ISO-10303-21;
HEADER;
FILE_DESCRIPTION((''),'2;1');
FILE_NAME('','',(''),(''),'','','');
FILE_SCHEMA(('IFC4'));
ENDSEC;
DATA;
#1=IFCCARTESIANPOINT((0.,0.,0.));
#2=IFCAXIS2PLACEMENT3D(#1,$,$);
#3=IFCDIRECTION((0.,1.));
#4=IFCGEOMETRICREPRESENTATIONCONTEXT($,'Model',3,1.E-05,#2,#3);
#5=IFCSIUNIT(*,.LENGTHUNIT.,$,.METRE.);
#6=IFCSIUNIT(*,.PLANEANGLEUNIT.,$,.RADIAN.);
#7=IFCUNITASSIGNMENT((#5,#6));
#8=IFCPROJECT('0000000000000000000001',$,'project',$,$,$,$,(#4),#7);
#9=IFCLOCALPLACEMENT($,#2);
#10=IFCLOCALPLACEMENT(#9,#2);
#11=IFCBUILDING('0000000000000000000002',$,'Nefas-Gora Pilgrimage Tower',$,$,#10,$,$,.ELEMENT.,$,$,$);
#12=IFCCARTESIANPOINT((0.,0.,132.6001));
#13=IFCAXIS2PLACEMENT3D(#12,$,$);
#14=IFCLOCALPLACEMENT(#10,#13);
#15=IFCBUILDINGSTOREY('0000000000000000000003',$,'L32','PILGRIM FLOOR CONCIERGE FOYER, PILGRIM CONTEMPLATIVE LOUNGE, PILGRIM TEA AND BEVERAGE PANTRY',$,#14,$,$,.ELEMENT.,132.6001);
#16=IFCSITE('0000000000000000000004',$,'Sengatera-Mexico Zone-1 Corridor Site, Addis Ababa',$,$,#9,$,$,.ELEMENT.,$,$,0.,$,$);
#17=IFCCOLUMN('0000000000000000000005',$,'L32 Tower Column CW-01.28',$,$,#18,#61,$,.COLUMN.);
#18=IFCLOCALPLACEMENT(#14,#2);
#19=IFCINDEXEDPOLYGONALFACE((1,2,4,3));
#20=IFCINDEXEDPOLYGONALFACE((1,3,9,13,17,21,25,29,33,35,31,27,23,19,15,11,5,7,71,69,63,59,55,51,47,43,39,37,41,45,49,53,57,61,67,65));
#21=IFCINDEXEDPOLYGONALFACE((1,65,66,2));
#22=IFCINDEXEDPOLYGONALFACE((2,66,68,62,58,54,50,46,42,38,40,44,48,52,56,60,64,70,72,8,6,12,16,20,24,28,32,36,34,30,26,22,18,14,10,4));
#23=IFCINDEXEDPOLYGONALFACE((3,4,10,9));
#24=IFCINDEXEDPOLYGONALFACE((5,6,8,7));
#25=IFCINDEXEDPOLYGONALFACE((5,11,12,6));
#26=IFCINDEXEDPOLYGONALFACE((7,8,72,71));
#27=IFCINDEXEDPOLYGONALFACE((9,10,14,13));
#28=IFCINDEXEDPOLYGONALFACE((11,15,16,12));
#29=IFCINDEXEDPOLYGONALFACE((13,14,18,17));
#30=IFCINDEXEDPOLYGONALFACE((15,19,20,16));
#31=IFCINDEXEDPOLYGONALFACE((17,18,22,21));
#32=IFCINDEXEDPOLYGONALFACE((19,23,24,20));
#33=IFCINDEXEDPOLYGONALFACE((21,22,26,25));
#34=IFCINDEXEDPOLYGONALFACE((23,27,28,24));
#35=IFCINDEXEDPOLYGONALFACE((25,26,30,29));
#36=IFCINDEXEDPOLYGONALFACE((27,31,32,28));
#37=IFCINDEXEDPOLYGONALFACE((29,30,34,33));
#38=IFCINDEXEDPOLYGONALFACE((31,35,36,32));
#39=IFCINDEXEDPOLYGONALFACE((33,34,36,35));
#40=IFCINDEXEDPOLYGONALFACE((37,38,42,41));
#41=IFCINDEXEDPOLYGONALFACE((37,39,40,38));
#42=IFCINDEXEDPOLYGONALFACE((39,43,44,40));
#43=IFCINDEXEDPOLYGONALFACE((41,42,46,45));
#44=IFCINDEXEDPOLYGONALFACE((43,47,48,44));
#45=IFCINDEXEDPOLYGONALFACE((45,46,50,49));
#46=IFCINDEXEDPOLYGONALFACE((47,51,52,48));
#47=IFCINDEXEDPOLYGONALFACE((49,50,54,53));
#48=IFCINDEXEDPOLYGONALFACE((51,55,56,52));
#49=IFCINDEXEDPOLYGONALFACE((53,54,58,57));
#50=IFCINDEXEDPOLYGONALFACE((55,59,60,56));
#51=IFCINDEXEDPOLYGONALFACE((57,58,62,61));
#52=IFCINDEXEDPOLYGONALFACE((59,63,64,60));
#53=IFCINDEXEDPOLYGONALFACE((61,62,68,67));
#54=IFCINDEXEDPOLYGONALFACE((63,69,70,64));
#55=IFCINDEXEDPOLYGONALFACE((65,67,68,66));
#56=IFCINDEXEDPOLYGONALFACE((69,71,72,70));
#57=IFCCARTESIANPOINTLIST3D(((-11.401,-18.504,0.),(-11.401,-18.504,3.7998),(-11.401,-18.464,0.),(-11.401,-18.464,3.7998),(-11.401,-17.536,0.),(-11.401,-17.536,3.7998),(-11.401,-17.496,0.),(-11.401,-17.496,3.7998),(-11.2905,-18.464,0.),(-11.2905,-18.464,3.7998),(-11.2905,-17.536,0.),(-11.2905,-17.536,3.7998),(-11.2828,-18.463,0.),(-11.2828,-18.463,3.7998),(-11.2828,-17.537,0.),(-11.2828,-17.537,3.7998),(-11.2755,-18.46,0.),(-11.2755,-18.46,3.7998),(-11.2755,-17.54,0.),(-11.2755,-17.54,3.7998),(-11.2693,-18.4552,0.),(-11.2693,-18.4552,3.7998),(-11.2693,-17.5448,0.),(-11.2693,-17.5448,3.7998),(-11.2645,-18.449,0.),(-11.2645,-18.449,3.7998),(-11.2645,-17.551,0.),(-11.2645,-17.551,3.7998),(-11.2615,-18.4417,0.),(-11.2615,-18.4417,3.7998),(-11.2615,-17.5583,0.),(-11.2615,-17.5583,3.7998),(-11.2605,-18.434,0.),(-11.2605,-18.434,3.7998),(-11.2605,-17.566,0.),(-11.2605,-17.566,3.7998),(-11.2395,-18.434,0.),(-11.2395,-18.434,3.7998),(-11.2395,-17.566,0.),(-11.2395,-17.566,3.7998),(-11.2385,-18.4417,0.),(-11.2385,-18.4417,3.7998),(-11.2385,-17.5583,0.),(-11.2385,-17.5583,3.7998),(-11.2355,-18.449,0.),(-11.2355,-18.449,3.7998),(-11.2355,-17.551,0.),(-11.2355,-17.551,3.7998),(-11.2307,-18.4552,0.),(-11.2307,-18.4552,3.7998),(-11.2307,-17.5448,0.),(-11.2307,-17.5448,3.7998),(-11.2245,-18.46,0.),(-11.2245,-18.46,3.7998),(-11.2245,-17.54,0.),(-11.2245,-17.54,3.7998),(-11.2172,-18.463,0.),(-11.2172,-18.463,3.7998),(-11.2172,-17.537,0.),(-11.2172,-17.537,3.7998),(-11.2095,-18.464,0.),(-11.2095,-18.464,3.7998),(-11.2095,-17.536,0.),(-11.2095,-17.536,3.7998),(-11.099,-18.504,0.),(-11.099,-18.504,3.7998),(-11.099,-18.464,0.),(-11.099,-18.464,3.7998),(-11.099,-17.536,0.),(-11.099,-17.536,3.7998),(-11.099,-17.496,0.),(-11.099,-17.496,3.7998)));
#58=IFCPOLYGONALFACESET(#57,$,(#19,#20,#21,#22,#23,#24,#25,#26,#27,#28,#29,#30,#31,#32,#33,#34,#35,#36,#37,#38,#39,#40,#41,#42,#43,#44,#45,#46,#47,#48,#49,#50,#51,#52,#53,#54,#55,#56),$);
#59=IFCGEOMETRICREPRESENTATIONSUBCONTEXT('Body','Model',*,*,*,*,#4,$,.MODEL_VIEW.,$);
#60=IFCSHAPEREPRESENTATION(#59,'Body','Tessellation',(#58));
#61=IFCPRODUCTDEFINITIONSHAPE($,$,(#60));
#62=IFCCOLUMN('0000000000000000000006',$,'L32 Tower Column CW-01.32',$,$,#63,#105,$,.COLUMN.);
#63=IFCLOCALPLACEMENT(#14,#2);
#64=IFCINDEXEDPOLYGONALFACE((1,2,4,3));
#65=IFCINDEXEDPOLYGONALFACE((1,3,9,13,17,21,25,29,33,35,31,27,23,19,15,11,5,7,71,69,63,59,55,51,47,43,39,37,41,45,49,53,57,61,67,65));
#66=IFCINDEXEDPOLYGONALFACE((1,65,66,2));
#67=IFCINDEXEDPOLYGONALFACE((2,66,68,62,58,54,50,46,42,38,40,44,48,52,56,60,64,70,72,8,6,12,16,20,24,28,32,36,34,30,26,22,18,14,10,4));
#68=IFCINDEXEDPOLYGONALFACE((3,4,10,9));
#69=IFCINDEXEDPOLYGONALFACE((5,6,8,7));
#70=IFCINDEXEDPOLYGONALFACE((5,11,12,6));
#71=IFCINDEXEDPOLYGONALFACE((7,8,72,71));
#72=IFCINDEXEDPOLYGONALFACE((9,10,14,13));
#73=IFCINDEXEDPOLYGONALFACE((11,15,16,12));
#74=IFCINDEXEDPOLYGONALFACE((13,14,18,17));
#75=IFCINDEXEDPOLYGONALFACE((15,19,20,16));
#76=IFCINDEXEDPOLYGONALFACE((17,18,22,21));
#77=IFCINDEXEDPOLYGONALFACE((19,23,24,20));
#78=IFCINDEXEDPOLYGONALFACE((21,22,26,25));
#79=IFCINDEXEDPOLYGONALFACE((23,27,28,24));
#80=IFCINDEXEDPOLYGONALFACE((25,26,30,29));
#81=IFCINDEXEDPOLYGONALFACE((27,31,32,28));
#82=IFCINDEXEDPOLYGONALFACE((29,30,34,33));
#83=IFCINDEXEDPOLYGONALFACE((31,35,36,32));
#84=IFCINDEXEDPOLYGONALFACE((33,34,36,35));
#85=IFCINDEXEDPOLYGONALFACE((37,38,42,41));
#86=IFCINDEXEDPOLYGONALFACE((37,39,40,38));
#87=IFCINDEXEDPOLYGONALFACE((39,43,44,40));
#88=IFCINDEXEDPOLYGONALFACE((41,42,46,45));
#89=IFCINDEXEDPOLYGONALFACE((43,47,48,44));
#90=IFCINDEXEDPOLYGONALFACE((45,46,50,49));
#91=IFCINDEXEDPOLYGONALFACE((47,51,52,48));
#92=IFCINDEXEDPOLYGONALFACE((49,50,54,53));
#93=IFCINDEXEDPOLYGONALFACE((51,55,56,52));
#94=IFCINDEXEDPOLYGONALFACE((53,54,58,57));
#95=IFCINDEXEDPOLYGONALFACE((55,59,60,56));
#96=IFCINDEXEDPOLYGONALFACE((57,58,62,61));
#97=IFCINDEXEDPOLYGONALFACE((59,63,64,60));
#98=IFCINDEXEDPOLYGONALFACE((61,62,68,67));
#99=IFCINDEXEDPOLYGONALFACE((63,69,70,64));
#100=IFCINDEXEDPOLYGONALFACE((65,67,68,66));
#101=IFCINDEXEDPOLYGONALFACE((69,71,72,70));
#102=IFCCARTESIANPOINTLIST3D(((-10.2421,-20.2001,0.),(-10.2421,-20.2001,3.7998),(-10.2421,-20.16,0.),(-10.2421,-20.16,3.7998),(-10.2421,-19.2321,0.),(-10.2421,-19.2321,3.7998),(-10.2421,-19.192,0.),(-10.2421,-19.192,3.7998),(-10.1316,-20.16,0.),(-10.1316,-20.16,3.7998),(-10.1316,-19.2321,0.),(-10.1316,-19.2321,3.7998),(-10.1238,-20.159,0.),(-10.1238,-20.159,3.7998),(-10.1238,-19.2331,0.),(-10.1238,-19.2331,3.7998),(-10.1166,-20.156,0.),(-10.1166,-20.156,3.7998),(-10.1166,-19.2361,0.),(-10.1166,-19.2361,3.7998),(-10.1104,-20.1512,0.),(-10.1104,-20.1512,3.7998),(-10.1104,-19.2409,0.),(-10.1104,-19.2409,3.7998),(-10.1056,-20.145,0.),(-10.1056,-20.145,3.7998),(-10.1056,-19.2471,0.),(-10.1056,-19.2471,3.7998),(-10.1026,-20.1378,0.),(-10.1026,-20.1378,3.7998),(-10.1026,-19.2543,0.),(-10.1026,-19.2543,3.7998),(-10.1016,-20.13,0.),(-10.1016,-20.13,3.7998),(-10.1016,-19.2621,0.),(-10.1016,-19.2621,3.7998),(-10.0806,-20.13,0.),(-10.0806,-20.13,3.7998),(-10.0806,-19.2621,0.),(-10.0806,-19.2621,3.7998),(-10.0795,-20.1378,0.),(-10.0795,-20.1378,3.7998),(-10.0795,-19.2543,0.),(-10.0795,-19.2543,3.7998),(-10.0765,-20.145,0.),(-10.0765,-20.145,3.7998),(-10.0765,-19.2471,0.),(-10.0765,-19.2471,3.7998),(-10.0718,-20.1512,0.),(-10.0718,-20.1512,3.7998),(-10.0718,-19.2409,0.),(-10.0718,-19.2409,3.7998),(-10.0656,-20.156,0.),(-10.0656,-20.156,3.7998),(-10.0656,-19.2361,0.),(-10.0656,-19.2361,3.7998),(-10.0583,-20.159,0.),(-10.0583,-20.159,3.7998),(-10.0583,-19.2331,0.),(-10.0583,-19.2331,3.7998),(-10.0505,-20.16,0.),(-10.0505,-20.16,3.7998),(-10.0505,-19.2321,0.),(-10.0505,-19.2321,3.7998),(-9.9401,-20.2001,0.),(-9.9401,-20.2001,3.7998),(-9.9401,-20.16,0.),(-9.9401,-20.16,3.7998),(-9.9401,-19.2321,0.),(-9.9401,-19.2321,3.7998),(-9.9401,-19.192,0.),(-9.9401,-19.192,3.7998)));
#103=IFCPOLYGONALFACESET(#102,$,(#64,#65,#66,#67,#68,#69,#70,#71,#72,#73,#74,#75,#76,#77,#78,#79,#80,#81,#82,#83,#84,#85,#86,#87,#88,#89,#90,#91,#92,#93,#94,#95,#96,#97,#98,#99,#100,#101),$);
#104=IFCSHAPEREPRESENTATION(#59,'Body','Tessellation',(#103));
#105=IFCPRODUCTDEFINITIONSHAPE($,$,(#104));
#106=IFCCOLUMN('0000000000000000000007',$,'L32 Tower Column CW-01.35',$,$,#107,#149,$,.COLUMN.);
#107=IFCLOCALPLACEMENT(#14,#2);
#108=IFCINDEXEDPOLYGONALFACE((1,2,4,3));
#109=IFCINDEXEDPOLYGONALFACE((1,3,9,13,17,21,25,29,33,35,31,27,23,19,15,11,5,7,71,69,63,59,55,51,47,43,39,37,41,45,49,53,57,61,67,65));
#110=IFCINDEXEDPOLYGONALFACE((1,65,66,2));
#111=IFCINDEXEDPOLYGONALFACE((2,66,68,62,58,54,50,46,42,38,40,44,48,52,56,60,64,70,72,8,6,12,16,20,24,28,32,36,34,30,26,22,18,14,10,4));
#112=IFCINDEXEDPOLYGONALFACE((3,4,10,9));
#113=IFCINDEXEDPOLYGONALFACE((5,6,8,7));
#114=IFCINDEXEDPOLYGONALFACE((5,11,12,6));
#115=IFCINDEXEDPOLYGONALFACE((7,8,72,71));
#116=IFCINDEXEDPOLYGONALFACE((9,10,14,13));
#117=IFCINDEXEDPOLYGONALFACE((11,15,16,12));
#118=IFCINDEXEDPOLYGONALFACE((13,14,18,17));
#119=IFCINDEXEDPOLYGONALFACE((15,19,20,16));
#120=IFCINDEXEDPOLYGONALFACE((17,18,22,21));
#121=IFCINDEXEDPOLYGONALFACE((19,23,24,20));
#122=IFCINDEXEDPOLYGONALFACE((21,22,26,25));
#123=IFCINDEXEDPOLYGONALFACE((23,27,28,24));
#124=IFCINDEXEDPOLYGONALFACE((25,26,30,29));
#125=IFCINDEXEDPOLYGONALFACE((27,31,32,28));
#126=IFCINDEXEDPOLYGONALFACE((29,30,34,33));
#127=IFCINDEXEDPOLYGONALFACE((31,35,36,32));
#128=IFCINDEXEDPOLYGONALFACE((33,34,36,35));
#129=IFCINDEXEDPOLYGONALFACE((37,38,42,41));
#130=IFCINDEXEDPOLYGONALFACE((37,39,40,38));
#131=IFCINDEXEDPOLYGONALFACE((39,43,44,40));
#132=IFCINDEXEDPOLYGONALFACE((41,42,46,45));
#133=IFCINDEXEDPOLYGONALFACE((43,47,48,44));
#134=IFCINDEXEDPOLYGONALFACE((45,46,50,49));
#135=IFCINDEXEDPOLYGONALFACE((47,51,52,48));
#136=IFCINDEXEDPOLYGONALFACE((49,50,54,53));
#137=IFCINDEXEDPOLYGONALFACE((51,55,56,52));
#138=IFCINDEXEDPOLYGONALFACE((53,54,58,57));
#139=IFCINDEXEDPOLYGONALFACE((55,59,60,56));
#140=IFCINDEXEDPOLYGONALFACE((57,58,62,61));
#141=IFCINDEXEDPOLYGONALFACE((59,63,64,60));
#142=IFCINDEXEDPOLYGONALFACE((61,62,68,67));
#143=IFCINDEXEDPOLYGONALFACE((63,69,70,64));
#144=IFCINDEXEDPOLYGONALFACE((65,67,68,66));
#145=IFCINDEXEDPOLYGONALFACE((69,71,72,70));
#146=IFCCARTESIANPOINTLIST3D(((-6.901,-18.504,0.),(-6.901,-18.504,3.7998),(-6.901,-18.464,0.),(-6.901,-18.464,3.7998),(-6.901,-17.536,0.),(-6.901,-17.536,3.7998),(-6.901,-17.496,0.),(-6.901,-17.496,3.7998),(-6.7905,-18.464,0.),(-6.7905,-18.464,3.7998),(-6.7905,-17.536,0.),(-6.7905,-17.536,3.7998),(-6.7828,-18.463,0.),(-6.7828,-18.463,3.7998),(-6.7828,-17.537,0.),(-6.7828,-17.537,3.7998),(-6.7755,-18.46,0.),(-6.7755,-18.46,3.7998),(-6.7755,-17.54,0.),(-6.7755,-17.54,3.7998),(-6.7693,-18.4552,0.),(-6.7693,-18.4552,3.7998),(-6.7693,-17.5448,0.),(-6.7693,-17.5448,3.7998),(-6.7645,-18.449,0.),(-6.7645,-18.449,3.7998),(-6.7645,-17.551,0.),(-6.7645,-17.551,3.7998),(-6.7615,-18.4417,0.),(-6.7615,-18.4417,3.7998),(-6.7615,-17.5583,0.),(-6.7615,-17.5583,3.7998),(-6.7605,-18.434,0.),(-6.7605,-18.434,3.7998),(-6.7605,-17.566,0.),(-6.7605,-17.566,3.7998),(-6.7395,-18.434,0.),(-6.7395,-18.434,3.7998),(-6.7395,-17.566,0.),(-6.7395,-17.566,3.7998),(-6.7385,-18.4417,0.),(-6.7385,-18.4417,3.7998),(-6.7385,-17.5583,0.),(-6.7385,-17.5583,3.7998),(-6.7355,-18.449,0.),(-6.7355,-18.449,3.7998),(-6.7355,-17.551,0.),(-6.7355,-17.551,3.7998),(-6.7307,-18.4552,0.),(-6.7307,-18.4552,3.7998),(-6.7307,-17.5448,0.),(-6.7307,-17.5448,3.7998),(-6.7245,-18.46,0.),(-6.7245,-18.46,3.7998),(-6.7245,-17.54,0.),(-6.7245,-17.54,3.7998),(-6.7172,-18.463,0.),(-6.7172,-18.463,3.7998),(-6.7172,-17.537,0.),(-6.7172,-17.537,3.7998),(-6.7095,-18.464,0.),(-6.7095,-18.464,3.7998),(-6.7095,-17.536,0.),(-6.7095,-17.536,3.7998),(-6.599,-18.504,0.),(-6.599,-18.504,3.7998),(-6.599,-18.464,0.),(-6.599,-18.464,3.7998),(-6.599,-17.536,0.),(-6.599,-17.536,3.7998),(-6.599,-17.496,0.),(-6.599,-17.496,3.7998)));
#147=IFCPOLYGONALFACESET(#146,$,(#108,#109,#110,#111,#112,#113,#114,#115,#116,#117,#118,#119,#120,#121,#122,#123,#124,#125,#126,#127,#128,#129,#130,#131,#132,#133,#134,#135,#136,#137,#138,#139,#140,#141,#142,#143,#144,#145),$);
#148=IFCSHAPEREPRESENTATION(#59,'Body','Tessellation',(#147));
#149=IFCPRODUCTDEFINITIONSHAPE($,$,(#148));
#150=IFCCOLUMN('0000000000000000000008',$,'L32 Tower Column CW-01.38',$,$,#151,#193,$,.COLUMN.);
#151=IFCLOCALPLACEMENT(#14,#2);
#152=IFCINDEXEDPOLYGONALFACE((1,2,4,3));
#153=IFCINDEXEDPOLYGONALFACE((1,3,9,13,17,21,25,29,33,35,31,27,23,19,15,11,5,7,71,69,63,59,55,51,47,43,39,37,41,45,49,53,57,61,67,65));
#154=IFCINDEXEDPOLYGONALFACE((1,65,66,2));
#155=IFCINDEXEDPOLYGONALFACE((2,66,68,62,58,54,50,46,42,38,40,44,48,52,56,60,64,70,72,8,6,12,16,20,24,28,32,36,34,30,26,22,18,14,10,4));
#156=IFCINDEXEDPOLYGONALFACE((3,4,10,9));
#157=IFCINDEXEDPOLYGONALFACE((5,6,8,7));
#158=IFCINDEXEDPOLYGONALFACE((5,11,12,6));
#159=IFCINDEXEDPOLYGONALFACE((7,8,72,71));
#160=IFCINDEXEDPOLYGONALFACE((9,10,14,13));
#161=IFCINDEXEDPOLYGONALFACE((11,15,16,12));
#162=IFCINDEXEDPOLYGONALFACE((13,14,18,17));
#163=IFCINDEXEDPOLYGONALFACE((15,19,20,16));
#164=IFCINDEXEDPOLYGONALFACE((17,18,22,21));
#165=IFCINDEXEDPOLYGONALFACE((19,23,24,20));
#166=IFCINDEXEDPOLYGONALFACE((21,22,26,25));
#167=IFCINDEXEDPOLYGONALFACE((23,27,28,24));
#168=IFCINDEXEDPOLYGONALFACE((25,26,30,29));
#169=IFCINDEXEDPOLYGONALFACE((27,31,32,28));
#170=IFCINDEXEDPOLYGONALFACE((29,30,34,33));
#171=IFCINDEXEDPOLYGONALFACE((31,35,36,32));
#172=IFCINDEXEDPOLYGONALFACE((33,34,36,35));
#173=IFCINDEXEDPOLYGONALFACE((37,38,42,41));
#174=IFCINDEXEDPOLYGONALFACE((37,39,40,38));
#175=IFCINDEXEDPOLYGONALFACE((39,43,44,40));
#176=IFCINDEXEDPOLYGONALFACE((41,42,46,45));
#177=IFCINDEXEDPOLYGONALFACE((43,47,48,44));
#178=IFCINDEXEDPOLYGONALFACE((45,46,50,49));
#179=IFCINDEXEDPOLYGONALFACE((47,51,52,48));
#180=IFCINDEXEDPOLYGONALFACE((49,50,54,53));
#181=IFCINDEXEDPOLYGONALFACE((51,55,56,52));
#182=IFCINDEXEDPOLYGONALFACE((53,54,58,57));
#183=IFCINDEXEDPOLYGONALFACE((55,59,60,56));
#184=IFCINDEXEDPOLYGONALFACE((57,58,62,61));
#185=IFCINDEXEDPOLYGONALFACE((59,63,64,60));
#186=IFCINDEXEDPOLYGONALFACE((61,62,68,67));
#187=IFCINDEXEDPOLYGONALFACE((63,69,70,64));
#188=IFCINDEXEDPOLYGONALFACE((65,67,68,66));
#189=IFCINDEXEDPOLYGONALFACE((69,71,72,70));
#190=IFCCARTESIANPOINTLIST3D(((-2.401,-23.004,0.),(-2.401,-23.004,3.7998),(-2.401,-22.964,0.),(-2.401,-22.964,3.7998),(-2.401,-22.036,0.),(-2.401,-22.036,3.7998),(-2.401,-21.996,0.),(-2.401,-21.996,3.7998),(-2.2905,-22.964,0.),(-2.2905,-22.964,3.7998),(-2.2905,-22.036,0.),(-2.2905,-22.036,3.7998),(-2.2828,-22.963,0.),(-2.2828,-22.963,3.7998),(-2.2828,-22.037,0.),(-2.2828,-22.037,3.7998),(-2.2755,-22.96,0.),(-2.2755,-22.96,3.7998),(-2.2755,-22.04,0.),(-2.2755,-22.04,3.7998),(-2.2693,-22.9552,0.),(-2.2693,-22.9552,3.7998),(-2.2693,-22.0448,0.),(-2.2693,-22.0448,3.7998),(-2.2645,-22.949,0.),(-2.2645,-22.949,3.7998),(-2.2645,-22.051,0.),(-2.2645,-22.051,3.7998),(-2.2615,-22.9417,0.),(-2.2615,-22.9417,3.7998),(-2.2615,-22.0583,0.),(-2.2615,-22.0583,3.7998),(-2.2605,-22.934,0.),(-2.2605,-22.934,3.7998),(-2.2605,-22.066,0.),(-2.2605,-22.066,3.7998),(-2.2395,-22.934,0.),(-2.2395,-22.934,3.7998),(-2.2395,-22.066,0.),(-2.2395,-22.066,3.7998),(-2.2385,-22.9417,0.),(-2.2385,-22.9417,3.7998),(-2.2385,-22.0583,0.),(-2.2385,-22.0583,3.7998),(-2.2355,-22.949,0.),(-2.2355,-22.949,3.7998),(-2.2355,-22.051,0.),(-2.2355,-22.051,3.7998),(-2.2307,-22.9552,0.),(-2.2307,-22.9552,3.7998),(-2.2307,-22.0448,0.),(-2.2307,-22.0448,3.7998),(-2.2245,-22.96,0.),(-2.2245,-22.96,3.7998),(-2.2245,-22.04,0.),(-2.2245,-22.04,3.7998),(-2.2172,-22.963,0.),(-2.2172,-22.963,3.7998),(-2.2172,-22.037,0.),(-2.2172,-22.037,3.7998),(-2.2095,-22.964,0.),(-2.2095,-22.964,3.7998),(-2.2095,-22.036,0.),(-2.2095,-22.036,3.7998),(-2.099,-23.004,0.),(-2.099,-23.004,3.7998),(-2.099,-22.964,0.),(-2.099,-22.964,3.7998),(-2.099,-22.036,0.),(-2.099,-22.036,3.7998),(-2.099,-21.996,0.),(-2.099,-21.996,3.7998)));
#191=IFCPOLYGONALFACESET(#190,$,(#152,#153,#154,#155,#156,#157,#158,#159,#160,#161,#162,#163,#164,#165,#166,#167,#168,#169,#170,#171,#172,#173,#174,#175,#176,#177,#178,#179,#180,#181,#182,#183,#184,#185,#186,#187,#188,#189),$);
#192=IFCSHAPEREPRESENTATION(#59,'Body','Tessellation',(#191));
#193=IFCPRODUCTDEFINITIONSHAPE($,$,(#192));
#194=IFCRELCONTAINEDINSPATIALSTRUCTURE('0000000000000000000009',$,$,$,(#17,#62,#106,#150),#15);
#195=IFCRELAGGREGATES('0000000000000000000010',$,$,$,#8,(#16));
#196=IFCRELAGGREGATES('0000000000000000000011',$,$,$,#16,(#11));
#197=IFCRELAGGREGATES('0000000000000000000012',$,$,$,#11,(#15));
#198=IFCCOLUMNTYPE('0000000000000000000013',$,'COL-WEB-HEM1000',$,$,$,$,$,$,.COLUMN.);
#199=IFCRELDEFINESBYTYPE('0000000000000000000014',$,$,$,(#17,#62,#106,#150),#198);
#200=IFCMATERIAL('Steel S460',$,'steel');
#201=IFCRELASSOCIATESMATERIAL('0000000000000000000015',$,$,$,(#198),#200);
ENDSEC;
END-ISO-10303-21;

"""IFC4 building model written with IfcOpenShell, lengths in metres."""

from ifc_helpers import new_model, si_unit, direction, frame, origin, origin_2d, place, context, subcontext, project, spatial, i_section, extrude, source, transform, mapped, material, material_profile, profile_set, type_object, element, save


model = new_model("IFC4")

# Units and contexts
model_context = context("Model", 3, precision=1e-05, world=origin(), true_north=direction((0.0, 1.0)))
body_context = subcontext(model_context, "Body", "Model", "MODEL_VIEW")
ifc_project = project(units=[si_unit("LENGTHUNIT", "METRE"), si_unit("PLANEANGLEUNIT", "RADIAN")], contexts=[model_context])

# Site, building, storey
site_placement = place(None, origin())
site = spatial("IfcSite", under=ifc_project, at=site_placement, Name="Sengatera-Mexico Zone-1 Corridor Site, Addis Ababa", CompositionType="ELEMENT", RefElevation=0.0)
building_placement = place(site_placement, origin())
building = spatial("IfcBuilding", under=site, at=building_placement, Name="Nefas-Gora Pilgrimage Tower", CompositionType="ELEMENT")
storey_placement = place(building_placement, frame((0.0, 0.0, 132.6001)))
storey = spatial("IfcBuildingStorey", under=building, at=storey_placement, Name="L32", Description="PILGRIM FLOOR CONCIERGE FOYER, PILGRIM CONTEMPLATIVE LOUNGE, PILGRIM TEA AND BEVERAGE PANTRY", CompositionType="ELEMENT", Elevation=132.6001)

# Columns
ifc_material_1 = material(Name="Steel S460", Category="steel")
ifc_material_profile_1 = material_profile(ifc_material_1, i_section(OverallWidth=0.302, OverallDepth=1.0081, WebThickness=0.021, FlangeThickness=0.04, FilletRadius=0.03, at=origin_2d()), Name="HEM 1000")
ifc_profile_set_1 = profile_set([ifc_material_profile_1], Name="Steel S460")
column_type_1 = type_object("IfcColumnType", Name="COL-WEB-HEM1000", PredefinedType="COLUMN", material=ifc_profile_set_1)
shared_shape_1 = source(origin(), body_context, "Body", "SweptSolid", [
    extrude(i_section(OverallWidth=0.302, OverallDepth=1.0081, WebThickness=0.021, FlangeThickness=0.04, FilletRadius=0.03, at=origin_2d()), origin(), (0.0, 0.0, 1.0), 3.7998),
])
for number, where, z_axis, x_axis, name in (
    (1, (-11.25, -18.0, 0.0), (0.0, 0.0, 1.0), (1.0, 0.0, 0.0), "L32 Tower Column CW-01.28"),
    (2, (-10.0911, -19.696, 0.0), (0.0, 0.0, 1.0), (1.0, 0.0, 0.0), "L32 Tower Column CW-01.32"),
    (3, (-6.75, -18.0, 0.0), (0.0, 0.0, 1.0), (1.0, 0.0, 0.0), "L32 Tower Column CW-01.35"),
    (4, (-2.25, -22.5, 0.0), (0.0, 0.0, 1.0), (1.0, 0.0, 0.0), "L32 Tower Column CW-01.38"),
):
    element("IfcColumn", number, at=place(storey_placement, frame(where, z_axis=z_axis, x_axis=x_axis)), inside=storey, type_object=column_type_1, Name=name, PredefinedType="COLUMN", context=body_context, shape_type="MappedRepresentation", body=[
        mapped(shared_shape_1, transform((0.0, 0.0, 0.0), x_axis=(1.0, 0.0, 0.0), y_axis=(0.0, 1.0, 0.0), z_axis=(0.0, 0.0, 1.0), scale=1.0)),
    ])

save(model, "model.ifc")
